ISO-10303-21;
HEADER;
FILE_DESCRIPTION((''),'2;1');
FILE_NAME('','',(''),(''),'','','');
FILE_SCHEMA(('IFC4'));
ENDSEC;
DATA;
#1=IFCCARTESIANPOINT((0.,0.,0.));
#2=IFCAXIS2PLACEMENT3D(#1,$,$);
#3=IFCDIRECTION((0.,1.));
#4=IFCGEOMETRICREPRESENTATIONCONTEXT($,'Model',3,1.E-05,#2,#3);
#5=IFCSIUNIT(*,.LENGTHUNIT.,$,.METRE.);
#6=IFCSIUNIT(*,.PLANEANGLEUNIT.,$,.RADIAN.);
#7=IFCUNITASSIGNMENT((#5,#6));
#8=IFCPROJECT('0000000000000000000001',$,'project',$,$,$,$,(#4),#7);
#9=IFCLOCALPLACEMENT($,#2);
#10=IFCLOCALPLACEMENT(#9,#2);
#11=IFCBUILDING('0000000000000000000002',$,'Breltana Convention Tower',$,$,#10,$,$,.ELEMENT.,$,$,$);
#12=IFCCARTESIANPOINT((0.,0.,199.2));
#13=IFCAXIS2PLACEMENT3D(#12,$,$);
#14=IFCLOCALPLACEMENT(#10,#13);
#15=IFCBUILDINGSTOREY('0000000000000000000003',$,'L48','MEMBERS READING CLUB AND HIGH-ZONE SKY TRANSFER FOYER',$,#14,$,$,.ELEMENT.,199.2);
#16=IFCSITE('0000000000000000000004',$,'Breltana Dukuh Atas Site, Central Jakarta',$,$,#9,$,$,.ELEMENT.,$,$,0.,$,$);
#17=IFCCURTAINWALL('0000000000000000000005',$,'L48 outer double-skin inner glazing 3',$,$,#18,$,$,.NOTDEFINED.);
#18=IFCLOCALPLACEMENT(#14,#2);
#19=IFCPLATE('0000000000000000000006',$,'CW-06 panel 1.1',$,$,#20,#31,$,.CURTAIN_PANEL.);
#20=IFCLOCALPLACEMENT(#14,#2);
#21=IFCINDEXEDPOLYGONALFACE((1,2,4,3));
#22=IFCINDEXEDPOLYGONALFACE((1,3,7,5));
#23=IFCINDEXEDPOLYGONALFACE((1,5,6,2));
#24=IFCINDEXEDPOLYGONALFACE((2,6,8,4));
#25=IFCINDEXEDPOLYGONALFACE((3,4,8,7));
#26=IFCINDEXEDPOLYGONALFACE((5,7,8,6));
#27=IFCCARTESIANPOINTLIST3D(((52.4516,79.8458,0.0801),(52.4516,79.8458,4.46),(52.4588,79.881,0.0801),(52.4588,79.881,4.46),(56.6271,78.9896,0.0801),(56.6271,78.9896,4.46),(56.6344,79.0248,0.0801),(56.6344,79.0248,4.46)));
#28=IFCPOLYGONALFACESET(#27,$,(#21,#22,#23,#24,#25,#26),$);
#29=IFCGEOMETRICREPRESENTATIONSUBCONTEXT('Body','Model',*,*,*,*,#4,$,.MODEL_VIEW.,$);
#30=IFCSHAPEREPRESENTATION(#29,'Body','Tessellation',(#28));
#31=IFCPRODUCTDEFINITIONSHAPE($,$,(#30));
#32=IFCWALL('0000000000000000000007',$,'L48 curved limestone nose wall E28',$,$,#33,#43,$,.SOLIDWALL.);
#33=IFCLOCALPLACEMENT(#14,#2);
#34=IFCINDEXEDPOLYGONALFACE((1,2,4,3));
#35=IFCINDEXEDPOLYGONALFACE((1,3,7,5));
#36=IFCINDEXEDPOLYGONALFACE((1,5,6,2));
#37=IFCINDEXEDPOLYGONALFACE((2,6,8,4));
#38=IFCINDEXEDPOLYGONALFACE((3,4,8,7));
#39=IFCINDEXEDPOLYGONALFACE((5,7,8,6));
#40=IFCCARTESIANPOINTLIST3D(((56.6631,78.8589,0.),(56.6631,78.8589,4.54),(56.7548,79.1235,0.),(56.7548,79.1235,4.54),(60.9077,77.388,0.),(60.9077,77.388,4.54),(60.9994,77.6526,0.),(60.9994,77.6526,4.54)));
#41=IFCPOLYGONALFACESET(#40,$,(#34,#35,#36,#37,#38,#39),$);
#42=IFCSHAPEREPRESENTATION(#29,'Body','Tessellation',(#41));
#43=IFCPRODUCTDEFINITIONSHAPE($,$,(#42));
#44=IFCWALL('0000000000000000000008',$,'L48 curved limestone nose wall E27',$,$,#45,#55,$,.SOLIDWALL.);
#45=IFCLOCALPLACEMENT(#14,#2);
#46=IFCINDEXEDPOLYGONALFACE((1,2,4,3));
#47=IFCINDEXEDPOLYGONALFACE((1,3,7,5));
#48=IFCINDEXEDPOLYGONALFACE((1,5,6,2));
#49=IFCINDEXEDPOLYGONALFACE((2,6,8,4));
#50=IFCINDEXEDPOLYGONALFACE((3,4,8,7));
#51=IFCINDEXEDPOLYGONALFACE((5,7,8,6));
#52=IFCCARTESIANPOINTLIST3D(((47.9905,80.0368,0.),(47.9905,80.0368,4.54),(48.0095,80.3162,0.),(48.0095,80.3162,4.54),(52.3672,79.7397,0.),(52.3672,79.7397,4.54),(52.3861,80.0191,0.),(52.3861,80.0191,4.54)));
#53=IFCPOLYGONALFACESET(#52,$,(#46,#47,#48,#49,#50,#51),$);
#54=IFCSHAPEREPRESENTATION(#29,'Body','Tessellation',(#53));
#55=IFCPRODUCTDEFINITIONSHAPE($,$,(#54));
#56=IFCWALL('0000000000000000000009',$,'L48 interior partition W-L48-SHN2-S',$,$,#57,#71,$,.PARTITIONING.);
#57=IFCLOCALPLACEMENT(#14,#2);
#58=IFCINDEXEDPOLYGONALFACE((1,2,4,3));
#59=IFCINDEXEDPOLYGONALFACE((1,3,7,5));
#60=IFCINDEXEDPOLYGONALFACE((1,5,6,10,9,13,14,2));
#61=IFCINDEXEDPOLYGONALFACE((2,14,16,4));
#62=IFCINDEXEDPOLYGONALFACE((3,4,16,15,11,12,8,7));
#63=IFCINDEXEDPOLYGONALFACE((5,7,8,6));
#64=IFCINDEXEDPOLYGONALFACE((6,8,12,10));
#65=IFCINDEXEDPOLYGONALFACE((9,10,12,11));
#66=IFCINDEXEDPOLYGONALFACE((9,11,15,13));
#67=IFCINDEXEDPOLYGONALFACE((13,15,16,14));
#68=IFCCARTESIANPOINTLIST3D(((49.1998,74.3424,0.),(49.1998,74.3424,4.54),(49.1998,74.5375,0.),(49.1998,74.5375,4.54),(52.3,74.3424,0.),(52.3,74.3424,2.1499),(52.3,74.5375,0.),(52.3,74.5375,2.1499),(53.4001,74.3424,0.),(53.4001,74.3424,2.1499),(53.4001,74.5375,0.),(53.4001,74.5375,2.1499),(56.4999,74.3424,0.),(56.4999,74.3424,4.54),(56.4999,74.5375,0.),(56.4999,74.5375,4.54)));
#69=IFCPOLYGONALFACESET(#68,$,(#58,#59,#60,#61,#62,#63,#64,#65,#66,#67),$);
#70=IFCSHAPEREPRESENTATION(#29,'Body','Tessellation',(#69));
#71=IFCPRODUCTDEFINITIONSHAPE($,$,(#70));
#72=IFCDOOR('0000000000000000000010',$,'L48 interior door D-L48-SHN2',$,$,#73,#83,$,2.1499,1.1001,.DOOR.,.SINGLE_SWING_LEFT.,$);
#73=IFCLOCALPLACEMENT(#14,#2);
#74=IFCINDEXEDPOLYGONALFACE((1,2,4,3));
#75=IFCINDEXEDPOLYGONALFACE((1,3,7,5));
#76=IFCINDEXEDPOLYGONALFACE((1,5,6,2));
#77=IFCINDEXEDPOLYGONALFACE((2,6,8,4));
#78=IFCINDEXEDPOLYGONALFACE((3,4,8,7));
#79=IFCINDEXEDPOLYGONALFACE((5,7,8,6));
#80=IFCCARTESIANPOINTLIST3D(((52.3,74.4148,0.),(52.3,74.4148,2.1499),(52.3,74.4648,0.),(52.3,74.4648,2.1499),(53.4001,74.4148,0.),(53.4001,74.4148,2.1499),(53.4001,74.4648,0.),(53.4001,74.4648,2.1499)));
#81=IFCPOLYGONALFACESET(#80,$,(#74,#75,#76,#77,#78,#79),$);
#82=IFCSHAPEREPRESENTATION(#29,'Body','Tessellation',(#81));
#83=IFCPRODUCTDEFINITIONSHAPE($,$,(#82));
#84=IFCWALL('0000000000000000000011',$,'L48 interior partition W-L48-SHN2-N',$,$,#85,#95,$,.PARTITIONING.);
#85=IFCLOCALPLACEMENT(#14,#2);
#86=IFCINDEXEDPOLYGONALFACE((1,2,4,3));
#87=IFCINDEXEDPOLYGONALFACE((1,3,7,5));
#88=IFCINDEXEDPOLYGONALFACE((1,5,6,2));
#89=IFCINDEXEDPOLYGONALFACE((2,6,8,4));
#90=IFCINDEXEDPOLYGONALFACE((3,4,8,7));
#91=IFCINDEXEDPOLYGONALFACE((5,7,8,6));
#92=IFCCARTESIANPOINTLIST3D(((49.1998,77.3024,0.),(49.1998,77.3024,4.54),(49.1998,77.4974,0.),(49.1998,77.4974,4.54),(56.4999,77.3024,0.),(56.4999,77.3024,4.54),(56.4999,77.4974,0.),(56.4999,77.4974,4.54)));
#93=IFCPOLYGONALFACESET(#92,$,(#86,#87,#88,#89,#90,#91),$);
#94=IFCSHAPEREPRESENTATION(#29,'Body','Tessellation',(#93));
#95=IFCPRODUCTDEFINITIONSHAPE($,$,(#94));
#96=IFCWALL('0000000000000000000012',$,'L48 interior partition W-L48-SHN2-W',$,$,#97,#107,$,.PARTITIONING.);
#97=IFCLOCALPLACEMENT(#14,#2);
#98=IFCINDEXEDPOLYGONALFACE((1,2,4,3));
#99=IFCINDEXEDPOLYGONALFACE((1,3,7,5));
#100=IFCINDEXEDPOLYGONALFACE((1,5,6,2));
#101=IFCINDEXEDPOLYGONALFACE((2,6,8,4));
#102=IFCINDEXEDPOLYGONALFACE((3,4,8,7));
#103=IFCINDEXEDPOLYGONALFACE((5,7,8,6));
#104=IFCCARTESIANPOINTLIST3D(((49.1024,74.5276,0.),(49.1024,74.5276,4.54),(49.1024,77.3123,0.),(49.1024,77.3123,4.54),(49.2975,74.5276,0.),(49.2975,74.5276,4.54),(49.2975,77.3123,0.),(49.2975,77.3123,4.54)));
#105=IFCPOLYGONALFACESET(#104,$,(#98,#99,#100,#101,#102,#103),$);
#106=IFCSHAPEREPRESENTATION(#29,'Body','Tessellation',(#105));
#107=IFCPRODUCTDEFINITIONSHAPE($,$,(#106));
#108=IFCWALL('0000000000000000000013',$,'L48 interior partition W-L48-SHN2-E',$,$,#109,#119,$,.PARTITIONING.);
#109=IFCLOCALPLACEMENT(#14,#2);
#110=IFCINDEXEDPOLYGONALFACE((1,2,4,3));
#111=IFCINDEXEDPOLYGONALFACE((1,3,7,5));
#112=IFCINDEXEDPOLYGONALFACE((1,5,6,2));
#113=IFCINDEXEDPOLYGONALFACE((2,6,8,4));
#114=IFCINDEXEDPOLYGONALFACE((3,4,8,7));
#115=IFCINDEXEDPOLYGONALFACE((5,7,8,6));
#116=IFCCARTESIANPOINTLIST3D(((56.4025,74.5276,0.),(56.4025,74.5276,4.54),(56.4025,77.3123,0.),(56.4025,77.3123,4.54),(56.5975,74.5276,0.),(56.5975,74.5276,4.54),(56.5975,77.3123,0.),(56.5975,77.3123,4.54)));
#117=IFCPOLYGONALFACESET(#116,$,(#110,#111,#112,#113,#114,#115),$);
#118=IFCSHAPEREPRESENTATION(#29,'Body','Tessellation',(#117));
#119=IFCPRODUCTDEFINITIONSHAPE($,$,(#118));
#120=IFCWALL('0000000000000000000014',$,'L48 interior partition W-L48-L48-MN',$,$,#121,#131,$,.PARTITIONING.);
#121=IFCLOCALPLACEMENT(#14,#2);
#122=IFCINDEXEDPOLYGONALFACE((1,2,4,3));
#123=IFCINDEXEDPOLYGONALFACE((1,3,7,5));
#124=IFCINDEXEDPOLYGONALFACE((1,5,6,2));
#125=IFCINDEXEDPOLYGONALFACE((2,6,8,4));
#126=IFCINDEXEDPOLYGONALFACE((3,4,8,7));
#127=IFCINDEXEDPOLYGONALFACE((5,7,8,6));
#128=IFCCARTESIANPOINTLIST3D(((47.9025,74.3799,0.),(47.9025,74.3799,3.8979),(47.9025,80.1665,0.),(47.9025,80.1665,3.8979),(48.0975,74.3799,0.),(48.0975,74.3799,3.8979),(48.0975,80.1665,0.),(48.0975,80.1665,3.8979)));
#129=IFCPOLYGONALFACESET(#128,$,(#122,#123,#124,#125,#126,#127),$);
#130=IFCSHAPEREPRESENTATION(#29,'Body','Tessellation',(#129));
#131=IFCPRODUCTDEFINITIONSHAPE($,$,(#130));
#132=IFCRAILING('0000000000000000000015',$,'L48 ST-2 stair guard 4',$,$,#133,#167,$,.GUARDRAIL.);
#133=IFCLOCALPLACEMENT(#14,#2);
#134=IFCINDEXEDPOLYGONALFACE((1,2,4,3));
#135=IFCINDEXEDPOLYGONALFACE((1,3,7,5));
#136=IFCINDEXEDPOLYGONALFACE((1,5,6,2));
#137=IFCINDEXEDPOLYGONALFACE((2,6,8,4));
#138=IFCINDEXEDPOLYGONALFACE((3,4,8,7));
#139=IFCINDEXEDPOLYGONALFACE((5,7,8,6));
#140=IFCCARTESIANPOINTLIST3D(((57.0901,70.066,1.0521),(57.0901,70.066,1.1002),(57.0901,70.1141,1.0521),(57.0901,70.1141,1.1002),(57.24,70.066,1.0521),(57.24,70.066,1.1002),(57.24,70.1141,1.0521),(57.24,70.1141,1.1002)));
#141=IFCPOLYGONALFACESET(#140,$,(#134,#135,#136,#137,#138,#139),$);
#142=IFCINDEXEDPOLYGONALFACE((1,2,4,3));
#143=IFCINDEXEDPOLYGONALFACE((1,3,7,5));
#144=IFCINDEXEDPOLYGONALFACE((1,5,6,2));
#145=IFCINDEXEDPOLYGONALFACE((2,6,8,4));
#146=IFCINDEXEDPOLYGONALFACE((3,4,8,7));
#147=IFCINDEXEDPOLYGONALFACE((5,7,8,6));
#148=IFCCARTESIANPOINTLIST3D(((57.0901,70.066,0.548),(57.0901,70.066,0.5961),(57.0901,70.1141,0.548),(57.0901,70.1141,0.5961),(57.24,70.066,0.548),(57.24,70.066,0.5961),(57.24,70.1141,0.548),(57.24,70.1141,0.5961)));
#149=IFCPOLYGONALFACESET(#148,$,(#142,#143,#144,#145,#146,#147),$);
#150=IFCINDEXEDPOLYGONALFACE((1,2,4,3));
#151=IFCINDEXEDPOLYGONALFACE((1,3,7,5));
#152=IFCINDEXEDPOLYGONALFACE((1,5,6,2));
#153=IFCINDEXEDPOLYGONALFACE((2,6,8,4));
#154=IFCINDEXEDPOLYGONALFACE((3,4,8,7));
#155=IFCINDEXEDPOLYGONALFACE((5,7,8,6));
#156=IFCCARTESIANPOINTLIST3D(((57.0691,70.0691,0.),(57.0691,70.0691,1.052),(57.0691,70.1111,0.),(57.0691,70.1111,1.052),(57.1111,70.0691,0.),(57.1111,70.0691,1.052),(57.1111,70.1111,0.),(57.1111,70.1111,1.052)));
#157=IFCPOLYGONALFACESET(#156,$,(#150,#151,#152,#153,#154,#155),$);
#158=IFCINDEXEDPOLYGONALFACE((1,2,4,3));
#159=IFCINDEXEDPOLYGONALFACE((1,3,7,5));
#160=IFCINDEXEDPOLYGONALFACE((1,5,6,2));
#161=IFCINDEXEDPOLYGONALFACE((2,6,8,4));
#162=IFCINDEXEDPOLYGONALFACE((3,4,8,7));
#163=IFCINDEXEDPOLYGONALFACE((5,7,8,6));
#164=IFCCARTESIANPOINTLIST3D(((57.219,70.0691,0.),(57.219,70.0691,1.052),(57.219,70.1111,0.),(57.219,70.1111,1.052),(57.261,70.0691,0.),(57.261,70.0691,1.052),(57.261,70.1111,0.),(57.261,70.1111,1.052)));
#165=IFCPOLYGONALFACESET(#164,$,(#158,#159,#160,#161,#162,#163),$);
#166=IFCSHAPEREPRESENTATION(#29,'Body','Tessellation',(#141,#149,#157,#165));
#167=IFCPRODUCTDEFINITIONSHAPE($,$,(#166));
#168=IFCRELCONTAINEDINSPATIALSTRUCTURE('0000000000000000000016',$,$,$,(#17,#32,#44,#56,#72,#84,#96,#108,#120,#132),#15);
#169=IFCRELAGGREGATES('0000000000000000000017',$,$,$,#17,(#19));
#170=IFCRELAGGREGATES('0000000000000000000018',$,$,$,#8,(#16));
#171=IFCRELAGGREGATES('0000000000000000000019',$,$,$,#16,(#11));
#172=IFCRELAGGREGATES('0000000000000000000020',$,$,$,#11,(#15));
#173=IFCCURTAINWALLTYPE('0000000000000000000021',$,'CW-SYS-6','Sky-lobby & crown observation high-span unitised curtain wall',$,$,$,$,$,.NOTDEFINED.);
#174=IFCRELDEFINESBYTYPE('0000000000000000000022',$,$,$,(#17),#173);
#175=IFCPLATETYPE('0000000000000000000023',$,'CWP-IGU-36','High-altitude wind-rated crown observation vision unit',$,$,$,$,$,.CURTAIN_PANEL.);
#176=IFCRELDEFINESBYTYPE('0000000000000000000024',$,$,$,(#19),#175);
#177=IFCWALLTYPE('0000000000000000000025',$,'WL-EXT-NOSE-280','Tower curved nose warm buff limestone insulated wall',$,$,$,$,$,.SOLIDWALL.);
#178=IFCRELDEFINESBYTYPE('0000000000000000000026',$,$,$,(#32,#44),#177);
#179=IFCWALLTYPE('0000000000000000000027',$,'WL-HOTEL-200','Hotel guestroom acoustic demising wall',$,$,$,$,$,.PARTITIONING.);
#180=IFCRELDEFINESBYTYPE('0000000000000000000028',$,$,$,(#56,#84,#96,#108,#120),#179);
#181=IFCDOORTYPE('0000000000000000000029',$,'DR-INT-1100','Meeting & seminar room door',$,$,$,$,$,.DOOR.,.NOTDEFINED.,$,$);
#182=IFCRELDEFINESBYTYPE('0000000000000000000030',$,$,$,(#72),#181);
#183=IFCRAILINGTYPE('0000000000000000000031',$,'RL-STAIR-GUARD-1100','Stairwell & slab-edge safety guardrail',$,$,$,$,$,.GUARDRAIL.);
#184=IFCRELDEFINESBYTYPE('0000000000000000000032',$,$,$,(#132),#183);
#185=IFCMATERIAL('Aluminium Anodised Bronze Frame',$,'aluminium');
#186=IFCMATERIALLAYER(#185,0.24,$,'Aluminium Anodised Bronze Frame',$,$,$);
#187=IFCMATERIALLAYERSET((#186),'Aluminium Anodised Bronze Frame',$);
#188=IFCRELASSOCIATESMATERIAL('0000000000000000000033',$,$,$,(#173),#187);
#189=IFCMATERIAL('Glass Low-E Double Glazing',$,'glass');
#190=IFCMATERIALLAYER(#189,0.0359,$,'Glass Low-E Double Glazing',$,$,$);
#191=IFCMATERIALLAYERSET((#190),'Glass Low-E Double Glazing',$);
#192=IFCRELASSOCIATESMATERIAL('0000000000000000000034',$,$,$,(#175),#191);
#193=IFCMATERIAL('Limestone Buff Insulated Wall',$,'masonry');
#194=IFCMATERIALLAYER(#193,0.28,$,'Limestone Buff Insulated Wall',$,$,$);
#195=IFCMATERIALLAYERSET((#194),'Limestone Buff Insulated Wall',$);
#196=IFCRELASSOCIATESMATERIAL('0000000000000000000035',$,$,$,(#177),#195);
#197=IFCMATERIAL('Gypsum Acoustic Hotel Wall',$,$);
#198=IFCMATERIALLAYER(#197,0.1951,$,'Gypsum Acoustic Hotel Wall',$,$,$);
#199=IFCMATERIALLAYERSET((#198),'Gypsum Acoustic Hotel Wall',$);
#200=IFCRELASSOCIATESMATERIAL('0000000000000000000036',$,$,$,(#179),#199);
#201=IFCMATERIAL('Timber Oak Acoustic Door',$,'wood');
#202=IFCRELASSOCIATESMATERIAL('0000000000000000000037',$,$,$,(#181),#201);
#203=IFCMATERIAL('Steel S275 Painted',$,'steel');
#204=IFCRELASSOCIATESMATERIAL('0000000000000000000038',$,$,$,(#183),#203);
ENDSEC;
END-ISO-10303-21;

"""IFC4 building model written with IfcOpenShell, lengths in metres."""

from ifc_helpers import new_model, si_unit, direction, frame, frame_2d, origin, origin_2d, place, context, subcontext, project, spatial, rectangle, extrude, source, transform, mapped, material, layer, layer_set, type_object, type_shapes, element, fill, aggregate, save


model = new_model("IFC4")

# Units and contexts
model_context = context("Model", 3, precision=1e-05, world=origin(), true_north=direction((0.0, 1.0)))
body_context = subcontext(model_context, "Body", "Model", "MODEL_VIEW")
ifc_project = project(units=[si_unit("LENGTHUNIT", "METRE"), si_unit("PLANEANGLEUNIT", "RADIAN")], contexts=[model_context])

# Site, building, storey
site_placement = place(None, origin())
site = spatial("IfcSite", under=ifc_project, at=site_placement, Name="Breltana Dukuh Atas Site, Central Jakarta", CompositionType="ELEMENT", RefElevation=0.0)
building_placement = place(site_placement, origin())
building = spatial("IfcBuilding", under=site, at=building_placement, Name="Breltana Convention Tower", CompositionType="ELEMENT")
storey_placement = place(building_placement, frame((0.0, 0.0, 199.2)))
storey = spatial("IfcBuildingStorey", under=building, at=storey_placement, Name="L48", Description="MEMBERS READING CLUB AND HIGH-ZONE SKY TRANSFER FOYER", CompositionType="ELEMENT", Elevation=199.2)

# Curtain wall, plate
ifc_material_1 = material(Name="Aluminium Anodised Bronze Frame", Category="aluminium")
ifc_layer_1 = layer(ifc_material_1, 0.24, Name="Aluminium Anodised Bronze Frame")
ifc_layer_set_1 = layer_set([ifc_layer_1], Name="Aluminium Anodised Bronze Frame")
curtain_wall_type = type_object("IfcCurtainWallType", Name="CW-SYS-6", Description="Sky-lobby & crown observation high-span unitised curtain wall", PredefinedType="NOTDEFINED", material=ifc_layer_set_1)
curtain_wall_placement = place(storey_placement, origin())
curtain_wall = element("IfcCurtainWall", 1, at=curtain_wall_placement, inside=storey, type_object=curtain_wall_type, Name="L48 outer double-skin inner glazing 3", PredefinedType="NOTDEFINED")
ifc_material_2 = material(Name="Glass Low-E Double Glazing", Category="glass")
ifc_layer_2 = layer(ifc_material_2, 0.0359, Name="Glass Low-E Double Glazing")
ifc_layer_set_2 = layer_set([ifc_layer_2], Name="Glass Low-E Double Glazing")
plate_type = type_object("IfcPlateType", Name="CWP-IGU-36", Description="High-altitude wind-rated crown observation vision unit", PredefinedType="CURTAIN_PANEL", material=ifc_layer_set_2)
shared_shape_1 = source(origin(), body_context, "Body", "SweptSolid", [
    extrude(rectangle(XDim=4.2625, YDim=0.0359, at=origin_2d()), origin(), (0.0, 0.0, 1.0), 4.3799),
])
plate_placement = place(storey_placement, frame((54.543, 79.4353, 0.0801), z_axis=(0.0, 0.0, 1.0), x_axis=(0.979616, -0.20088, 0.0)))
plate = element("IfcPlate", 2, at=plate_placement, type_object=plate_type, Name="CW-06 panel 1.1", PredefinedType="CURTAIN_PANEL", context=body_context, shape_type="MappedRepresentation", body=[
    mapped(shared_shape_1, transform((0.0, 0.0, 0.0), scale=1.0)),
])
aggregate(curtain_wall, [plate])

# Walls
ifc_material_3 = material(Name="Limestone Buff Insulated Wall", Category="masonry")
ifc_layer_3 = layer(ifc_material_3, 0.28, Name="Limestone Buff Insulated Wall")
ifc_layer_set_3 = layer_set([ifc_layer_3], Name="Limestone Buff Insulated Wall")
wall_type_1 = type_object("IfcWallType", Name="WL-EXT-NOSE-280", Description="Tower curved nose warm buff limestone insulated wall", PredefinedType="SOLIDWALL", material=ifc_layer_set_3)
shared_shape_2 = source(origin(), body_context, "Body", "SweptSolid", [
    extrude(rectangle(XDim=4.4922, YDim=0.28, at=frame_2d((2.2461, 0.0))), origin(), (0.0, 0.0, 1.0), 4.54),
])
wall_1_placement = place(storey_placement, frame((56.709, 78.9912, 0.0), z_axis=(0.0, 0.0, 1.0), x_axis=(0.944872, -0.327439, 0.0)))
element("IfcWall", 3, at=wall_1_placement, inside=storey, type_object=wall_type_1, Name="L48 curved limestone nose wall E28", PredefinedType="SOLIDWALL", context=body_context, shape_type="MappedRepresentation", body=[
    mapped(shared_shape_2, transform((0.0, 0.0, 0.0), scale=1.0)),
])
shared_shape_3 = source(origin(), body_context, "Body", "SweptSolid", [
    extrude(rectangle(XDim=4.3867, YDim=0.28, at=frame_2d((2.1934, 0.0))), origin(), (0.0, 0.0, 1.0), 4.54),
])
wall_2_placement = place(storey_placement, frame((48.0, 80.1765, 0.0), z_axis=(0.0, 0.0, 1.0), x_axis=(0.997704, -0.067731, 0.0)))
element("IfcWall", 4, at=wall_2_placement, inside=storey, type_object=wall_type_1, Name="L48 curved limestone nose wall E27", PredefinedType="SOLIDWALL", context=body_context, shape_type="MappedRepresentation", body=[
    mapped(shared_shape_3, transform((0.0, 0.0, 0.0), scale=1.0)),
])

# Wall, opening, door
ifc_material_4 = material(Name="Gypsum Acoustic Hotel Wall")
ifc_layer_4 = layer(ifc_material_4, 0.1951, Name="Gypsum Acoustic Hotel Wall")
ifc_layer_set_4 = layer_set([ifc_layer_4], Name="Gypsum Acoustic Hotel Wall")
wall_type_2 = type_object("IfcWallType", Name="WL-HOTEL-200", Description="Hotel guestroom acoustic demising wall", PredefinedType="PARTITIONING", material=ifc_layer_set_4)
shared_shape_4 = source(origin(), body_context, "Body", "SweptSolid", [
    extrude(rectangle(XDim=7.3, YDim=0.1951, at=frame_2d((3.6499, 0.0))), origin(), (0.0, 0.0, 1.0), 4.54),
])
wall_3_placement = place(storey_placement, frame((49.2, 74.4399, 0.0), z_axis=(0.0, 0.0, 1.0), x_axis=(1.0, 0.0, 0.0)))
wall_3 = element("IfcWall", 5, at=wall_3_placement, inside=storey, type_object=wall_type_2, Name="L48 interior partition W-L48-SHN2-S", PredefinedType="PARTITIONING", context=body_context, shape_type="MappedRepresentation", body=[
    mapped(shared_shape_4, transform((0.0, 0.0, 0.0), scale=1.0)),
])
opening_placement = place(wall_3_placement, frame((3.1001, 0.0, 0.0)))
opening = element("IfcOpeningElement", 6, at=opening_placement, cuts=wall_3, PredefinedType="OPENING", context=body_context, shape_type="SweptSolid", body=[
    extrude(rectangle(XDim=1.1001, YDim=2.1499, at=frame_2d((0.55, 1.075))), frame((0.0, 0.1074, 0.0), z_axis=(0.0, -1.0, 0.0), x_axis=(1.0, 0.0, 0.0)), (0.0, 0.0, 1.0), 0.2151),
])
ifc_material_5 = material(Name="Timber Oak Acoustic Door", Category="wood")
door_type = type_object("IfcDoorType", Name="DR-INT-1100", Description="Meeting & seminar room door", OperationType="NOTDEFINED", PredefinedType="DOOR", material=ifc_material_5)
shared_shape_5 = source(origin(), body_context, "Body", "SweptSolid", [
    extrude(rectangle(XDim=1.1001, YDim=2.1499, at=frame_2d((0.55, 1.075))), frame((0.0, 0.0249, 0.0), z_axis=(0.0, -1.0, 0.0), x_axis=(1.0, 0.0, 0.0)), (0.0, 0.0, 1.0), 0.05),
])
type_shapes(door_type, [shared_shape_5])
door_placement = place(opening_placement, origin())
door = element("IfcDoor", 7, at=door_placement, inside=storey, type_object=door_type, Name="L48 interior door D-L48-SHN2", OperationType="SINGLE_SWING_LEFT", OverallHeight=2.1499, OverallWidth=1.1001, PredefinedType="DOOR", context=body_context, shape_type="MappedRepresentation", body=[
    mapped(shared_shape_5, transform((0.0, 0.0, 0.0), scale=1.0)),
])
fill(opening, door)

# Walls
wall_4_placement = place(storey_placement, frame((49.2, 77.3999, 0.0), z_axis=(0.0, 0.0, 1.0), x_axis=(1.0, 0.0, 0.0)))
element("IfcWall", 8, at=wall_4_placement, inside=storey, type_object=wall_type_2, Name="L48 interior partition W-L48-SHN2-N", PredefinedType="PARTITIONING", context=body_context, shape_type="MappedRepresentation", body=[
    mapped(shared_shape_4, transform((0.0, 0.0, 0.0), scale=1.0)),
])
shared_shape_6 = source(origin(), body_context, "Body", "SweptSolid", [
    extrude(rectangle(XDim=2.7847, YDim=0.1951, at=frame_2d((1.3923, 0.0))), origin(), (0.0, 0.0, 1.0), 4.54),
])
for number, where, z_axis, x_axis, name in (
    (9, (49.2, 74.5276, 0.0), (0.0, 0.0, 1.0), (0.0, 1.0, 0.0), "L48 interior partition W-L48-SHN2-W"),
    (10, (56.5, 74.5276, 0.0), (0.0, 0.0, 1.0), (0.0, 1.0, 0.0), "L48 interior partition W-L48-SHN2-E"),
):
    element("IfcWall", number, at=place(storey_placement, frame(where, z_axis=z_axis, x_axis=x_axis)), inside=storey, type_object=wall_type_2, Name=name, PredefinedType="PARTITIONING", context=body_context, shape_type="MappedRepresentation", body=[
        mapped(shared_shape_6, transform((0.0, 0.0, 0.0), scale=1.0)),
    ])
shared_shape_7 = source(origin(), body_context, "Body", "SweptSolid", [
    extrude(rectangle(XDim=5.7866, YDim=0.1951, at=frame_2d((2.8933, 0.0))), origin(), (0.0, 0.0, 1.0), 3.8979),
])
wall_5_placement = place(storey_placement, frame((48.0, 74.3799, 0.0), z_axis=(0.0, 0.0, 1.0), x_axis=(0.0, 1.0, 0.0)))
element("IfcWall", 11, at=wall_5_placement, inside=storey, type_object=wall_type_2, Name="L48 interior partition W-L48-L48-MN", PredefinedType="PARTITIONING", context=body_context, shape_type="MappedRepresentation", body=[
    mapped(shared_shape_7, transform((0.0, 0.0, 0.0), scale=1.0)),
])

# Railing
ifc_material_6 = material(Name="Steel S275 Painted", Category="steel")
railing_type = type_object("IfcRailingType", Name="RL-STAIR-GUARD-1100", Description="Stairwell & slab-edge safety guardrail", PredefinedType="GUARDRAIL", material=ifc_material_6)
railing_placement = place(storey_placement, frame((57.0901, 70.0901, 0.0)))
element("IfcRailing", 12, at=railing_placement, inside=storey, type_object=railing_type, Name="L48 ST-2 stair guard 4", PredefinedType="GUARDRAIL", context=body_context, shape_type="SweptSolid", body=[
    extrude(rectangle(XDim=0.0481, YDim=0.0481, at=origin_2d()), frame((0.0, 0.0, 1.0762), z_axis=(1.0, 0.0, 0.0), x_axis=(0.0, 1.0, 0.0)), (0.0, 0.0, 1.0), 0.1499),
    extrude(rectangle(XDim=0.0481, YDim=0.0481, at=origin_2d()), frame((0.0, 0.0, 0.572), z_axis=(1.0, 0.0, 0.0), x_axis=(0.0, 1.0, 0.0)), (0.0, 0.0, 1.0), 0.1499),
    extrude(rectangle(XDim=0.042, YDim=0.042, at=origin_2d()), origin(), (0.0, 0.0, 1.0), 1.052),
    extrude(rectangle(XDim=0.042, YDim=0.042, at=origin_2d()), frame((0.1499, 0.0, 0.0)), (0.0, 0.0, 1.0), 1.052),
])

save(model, "model.ifc")
